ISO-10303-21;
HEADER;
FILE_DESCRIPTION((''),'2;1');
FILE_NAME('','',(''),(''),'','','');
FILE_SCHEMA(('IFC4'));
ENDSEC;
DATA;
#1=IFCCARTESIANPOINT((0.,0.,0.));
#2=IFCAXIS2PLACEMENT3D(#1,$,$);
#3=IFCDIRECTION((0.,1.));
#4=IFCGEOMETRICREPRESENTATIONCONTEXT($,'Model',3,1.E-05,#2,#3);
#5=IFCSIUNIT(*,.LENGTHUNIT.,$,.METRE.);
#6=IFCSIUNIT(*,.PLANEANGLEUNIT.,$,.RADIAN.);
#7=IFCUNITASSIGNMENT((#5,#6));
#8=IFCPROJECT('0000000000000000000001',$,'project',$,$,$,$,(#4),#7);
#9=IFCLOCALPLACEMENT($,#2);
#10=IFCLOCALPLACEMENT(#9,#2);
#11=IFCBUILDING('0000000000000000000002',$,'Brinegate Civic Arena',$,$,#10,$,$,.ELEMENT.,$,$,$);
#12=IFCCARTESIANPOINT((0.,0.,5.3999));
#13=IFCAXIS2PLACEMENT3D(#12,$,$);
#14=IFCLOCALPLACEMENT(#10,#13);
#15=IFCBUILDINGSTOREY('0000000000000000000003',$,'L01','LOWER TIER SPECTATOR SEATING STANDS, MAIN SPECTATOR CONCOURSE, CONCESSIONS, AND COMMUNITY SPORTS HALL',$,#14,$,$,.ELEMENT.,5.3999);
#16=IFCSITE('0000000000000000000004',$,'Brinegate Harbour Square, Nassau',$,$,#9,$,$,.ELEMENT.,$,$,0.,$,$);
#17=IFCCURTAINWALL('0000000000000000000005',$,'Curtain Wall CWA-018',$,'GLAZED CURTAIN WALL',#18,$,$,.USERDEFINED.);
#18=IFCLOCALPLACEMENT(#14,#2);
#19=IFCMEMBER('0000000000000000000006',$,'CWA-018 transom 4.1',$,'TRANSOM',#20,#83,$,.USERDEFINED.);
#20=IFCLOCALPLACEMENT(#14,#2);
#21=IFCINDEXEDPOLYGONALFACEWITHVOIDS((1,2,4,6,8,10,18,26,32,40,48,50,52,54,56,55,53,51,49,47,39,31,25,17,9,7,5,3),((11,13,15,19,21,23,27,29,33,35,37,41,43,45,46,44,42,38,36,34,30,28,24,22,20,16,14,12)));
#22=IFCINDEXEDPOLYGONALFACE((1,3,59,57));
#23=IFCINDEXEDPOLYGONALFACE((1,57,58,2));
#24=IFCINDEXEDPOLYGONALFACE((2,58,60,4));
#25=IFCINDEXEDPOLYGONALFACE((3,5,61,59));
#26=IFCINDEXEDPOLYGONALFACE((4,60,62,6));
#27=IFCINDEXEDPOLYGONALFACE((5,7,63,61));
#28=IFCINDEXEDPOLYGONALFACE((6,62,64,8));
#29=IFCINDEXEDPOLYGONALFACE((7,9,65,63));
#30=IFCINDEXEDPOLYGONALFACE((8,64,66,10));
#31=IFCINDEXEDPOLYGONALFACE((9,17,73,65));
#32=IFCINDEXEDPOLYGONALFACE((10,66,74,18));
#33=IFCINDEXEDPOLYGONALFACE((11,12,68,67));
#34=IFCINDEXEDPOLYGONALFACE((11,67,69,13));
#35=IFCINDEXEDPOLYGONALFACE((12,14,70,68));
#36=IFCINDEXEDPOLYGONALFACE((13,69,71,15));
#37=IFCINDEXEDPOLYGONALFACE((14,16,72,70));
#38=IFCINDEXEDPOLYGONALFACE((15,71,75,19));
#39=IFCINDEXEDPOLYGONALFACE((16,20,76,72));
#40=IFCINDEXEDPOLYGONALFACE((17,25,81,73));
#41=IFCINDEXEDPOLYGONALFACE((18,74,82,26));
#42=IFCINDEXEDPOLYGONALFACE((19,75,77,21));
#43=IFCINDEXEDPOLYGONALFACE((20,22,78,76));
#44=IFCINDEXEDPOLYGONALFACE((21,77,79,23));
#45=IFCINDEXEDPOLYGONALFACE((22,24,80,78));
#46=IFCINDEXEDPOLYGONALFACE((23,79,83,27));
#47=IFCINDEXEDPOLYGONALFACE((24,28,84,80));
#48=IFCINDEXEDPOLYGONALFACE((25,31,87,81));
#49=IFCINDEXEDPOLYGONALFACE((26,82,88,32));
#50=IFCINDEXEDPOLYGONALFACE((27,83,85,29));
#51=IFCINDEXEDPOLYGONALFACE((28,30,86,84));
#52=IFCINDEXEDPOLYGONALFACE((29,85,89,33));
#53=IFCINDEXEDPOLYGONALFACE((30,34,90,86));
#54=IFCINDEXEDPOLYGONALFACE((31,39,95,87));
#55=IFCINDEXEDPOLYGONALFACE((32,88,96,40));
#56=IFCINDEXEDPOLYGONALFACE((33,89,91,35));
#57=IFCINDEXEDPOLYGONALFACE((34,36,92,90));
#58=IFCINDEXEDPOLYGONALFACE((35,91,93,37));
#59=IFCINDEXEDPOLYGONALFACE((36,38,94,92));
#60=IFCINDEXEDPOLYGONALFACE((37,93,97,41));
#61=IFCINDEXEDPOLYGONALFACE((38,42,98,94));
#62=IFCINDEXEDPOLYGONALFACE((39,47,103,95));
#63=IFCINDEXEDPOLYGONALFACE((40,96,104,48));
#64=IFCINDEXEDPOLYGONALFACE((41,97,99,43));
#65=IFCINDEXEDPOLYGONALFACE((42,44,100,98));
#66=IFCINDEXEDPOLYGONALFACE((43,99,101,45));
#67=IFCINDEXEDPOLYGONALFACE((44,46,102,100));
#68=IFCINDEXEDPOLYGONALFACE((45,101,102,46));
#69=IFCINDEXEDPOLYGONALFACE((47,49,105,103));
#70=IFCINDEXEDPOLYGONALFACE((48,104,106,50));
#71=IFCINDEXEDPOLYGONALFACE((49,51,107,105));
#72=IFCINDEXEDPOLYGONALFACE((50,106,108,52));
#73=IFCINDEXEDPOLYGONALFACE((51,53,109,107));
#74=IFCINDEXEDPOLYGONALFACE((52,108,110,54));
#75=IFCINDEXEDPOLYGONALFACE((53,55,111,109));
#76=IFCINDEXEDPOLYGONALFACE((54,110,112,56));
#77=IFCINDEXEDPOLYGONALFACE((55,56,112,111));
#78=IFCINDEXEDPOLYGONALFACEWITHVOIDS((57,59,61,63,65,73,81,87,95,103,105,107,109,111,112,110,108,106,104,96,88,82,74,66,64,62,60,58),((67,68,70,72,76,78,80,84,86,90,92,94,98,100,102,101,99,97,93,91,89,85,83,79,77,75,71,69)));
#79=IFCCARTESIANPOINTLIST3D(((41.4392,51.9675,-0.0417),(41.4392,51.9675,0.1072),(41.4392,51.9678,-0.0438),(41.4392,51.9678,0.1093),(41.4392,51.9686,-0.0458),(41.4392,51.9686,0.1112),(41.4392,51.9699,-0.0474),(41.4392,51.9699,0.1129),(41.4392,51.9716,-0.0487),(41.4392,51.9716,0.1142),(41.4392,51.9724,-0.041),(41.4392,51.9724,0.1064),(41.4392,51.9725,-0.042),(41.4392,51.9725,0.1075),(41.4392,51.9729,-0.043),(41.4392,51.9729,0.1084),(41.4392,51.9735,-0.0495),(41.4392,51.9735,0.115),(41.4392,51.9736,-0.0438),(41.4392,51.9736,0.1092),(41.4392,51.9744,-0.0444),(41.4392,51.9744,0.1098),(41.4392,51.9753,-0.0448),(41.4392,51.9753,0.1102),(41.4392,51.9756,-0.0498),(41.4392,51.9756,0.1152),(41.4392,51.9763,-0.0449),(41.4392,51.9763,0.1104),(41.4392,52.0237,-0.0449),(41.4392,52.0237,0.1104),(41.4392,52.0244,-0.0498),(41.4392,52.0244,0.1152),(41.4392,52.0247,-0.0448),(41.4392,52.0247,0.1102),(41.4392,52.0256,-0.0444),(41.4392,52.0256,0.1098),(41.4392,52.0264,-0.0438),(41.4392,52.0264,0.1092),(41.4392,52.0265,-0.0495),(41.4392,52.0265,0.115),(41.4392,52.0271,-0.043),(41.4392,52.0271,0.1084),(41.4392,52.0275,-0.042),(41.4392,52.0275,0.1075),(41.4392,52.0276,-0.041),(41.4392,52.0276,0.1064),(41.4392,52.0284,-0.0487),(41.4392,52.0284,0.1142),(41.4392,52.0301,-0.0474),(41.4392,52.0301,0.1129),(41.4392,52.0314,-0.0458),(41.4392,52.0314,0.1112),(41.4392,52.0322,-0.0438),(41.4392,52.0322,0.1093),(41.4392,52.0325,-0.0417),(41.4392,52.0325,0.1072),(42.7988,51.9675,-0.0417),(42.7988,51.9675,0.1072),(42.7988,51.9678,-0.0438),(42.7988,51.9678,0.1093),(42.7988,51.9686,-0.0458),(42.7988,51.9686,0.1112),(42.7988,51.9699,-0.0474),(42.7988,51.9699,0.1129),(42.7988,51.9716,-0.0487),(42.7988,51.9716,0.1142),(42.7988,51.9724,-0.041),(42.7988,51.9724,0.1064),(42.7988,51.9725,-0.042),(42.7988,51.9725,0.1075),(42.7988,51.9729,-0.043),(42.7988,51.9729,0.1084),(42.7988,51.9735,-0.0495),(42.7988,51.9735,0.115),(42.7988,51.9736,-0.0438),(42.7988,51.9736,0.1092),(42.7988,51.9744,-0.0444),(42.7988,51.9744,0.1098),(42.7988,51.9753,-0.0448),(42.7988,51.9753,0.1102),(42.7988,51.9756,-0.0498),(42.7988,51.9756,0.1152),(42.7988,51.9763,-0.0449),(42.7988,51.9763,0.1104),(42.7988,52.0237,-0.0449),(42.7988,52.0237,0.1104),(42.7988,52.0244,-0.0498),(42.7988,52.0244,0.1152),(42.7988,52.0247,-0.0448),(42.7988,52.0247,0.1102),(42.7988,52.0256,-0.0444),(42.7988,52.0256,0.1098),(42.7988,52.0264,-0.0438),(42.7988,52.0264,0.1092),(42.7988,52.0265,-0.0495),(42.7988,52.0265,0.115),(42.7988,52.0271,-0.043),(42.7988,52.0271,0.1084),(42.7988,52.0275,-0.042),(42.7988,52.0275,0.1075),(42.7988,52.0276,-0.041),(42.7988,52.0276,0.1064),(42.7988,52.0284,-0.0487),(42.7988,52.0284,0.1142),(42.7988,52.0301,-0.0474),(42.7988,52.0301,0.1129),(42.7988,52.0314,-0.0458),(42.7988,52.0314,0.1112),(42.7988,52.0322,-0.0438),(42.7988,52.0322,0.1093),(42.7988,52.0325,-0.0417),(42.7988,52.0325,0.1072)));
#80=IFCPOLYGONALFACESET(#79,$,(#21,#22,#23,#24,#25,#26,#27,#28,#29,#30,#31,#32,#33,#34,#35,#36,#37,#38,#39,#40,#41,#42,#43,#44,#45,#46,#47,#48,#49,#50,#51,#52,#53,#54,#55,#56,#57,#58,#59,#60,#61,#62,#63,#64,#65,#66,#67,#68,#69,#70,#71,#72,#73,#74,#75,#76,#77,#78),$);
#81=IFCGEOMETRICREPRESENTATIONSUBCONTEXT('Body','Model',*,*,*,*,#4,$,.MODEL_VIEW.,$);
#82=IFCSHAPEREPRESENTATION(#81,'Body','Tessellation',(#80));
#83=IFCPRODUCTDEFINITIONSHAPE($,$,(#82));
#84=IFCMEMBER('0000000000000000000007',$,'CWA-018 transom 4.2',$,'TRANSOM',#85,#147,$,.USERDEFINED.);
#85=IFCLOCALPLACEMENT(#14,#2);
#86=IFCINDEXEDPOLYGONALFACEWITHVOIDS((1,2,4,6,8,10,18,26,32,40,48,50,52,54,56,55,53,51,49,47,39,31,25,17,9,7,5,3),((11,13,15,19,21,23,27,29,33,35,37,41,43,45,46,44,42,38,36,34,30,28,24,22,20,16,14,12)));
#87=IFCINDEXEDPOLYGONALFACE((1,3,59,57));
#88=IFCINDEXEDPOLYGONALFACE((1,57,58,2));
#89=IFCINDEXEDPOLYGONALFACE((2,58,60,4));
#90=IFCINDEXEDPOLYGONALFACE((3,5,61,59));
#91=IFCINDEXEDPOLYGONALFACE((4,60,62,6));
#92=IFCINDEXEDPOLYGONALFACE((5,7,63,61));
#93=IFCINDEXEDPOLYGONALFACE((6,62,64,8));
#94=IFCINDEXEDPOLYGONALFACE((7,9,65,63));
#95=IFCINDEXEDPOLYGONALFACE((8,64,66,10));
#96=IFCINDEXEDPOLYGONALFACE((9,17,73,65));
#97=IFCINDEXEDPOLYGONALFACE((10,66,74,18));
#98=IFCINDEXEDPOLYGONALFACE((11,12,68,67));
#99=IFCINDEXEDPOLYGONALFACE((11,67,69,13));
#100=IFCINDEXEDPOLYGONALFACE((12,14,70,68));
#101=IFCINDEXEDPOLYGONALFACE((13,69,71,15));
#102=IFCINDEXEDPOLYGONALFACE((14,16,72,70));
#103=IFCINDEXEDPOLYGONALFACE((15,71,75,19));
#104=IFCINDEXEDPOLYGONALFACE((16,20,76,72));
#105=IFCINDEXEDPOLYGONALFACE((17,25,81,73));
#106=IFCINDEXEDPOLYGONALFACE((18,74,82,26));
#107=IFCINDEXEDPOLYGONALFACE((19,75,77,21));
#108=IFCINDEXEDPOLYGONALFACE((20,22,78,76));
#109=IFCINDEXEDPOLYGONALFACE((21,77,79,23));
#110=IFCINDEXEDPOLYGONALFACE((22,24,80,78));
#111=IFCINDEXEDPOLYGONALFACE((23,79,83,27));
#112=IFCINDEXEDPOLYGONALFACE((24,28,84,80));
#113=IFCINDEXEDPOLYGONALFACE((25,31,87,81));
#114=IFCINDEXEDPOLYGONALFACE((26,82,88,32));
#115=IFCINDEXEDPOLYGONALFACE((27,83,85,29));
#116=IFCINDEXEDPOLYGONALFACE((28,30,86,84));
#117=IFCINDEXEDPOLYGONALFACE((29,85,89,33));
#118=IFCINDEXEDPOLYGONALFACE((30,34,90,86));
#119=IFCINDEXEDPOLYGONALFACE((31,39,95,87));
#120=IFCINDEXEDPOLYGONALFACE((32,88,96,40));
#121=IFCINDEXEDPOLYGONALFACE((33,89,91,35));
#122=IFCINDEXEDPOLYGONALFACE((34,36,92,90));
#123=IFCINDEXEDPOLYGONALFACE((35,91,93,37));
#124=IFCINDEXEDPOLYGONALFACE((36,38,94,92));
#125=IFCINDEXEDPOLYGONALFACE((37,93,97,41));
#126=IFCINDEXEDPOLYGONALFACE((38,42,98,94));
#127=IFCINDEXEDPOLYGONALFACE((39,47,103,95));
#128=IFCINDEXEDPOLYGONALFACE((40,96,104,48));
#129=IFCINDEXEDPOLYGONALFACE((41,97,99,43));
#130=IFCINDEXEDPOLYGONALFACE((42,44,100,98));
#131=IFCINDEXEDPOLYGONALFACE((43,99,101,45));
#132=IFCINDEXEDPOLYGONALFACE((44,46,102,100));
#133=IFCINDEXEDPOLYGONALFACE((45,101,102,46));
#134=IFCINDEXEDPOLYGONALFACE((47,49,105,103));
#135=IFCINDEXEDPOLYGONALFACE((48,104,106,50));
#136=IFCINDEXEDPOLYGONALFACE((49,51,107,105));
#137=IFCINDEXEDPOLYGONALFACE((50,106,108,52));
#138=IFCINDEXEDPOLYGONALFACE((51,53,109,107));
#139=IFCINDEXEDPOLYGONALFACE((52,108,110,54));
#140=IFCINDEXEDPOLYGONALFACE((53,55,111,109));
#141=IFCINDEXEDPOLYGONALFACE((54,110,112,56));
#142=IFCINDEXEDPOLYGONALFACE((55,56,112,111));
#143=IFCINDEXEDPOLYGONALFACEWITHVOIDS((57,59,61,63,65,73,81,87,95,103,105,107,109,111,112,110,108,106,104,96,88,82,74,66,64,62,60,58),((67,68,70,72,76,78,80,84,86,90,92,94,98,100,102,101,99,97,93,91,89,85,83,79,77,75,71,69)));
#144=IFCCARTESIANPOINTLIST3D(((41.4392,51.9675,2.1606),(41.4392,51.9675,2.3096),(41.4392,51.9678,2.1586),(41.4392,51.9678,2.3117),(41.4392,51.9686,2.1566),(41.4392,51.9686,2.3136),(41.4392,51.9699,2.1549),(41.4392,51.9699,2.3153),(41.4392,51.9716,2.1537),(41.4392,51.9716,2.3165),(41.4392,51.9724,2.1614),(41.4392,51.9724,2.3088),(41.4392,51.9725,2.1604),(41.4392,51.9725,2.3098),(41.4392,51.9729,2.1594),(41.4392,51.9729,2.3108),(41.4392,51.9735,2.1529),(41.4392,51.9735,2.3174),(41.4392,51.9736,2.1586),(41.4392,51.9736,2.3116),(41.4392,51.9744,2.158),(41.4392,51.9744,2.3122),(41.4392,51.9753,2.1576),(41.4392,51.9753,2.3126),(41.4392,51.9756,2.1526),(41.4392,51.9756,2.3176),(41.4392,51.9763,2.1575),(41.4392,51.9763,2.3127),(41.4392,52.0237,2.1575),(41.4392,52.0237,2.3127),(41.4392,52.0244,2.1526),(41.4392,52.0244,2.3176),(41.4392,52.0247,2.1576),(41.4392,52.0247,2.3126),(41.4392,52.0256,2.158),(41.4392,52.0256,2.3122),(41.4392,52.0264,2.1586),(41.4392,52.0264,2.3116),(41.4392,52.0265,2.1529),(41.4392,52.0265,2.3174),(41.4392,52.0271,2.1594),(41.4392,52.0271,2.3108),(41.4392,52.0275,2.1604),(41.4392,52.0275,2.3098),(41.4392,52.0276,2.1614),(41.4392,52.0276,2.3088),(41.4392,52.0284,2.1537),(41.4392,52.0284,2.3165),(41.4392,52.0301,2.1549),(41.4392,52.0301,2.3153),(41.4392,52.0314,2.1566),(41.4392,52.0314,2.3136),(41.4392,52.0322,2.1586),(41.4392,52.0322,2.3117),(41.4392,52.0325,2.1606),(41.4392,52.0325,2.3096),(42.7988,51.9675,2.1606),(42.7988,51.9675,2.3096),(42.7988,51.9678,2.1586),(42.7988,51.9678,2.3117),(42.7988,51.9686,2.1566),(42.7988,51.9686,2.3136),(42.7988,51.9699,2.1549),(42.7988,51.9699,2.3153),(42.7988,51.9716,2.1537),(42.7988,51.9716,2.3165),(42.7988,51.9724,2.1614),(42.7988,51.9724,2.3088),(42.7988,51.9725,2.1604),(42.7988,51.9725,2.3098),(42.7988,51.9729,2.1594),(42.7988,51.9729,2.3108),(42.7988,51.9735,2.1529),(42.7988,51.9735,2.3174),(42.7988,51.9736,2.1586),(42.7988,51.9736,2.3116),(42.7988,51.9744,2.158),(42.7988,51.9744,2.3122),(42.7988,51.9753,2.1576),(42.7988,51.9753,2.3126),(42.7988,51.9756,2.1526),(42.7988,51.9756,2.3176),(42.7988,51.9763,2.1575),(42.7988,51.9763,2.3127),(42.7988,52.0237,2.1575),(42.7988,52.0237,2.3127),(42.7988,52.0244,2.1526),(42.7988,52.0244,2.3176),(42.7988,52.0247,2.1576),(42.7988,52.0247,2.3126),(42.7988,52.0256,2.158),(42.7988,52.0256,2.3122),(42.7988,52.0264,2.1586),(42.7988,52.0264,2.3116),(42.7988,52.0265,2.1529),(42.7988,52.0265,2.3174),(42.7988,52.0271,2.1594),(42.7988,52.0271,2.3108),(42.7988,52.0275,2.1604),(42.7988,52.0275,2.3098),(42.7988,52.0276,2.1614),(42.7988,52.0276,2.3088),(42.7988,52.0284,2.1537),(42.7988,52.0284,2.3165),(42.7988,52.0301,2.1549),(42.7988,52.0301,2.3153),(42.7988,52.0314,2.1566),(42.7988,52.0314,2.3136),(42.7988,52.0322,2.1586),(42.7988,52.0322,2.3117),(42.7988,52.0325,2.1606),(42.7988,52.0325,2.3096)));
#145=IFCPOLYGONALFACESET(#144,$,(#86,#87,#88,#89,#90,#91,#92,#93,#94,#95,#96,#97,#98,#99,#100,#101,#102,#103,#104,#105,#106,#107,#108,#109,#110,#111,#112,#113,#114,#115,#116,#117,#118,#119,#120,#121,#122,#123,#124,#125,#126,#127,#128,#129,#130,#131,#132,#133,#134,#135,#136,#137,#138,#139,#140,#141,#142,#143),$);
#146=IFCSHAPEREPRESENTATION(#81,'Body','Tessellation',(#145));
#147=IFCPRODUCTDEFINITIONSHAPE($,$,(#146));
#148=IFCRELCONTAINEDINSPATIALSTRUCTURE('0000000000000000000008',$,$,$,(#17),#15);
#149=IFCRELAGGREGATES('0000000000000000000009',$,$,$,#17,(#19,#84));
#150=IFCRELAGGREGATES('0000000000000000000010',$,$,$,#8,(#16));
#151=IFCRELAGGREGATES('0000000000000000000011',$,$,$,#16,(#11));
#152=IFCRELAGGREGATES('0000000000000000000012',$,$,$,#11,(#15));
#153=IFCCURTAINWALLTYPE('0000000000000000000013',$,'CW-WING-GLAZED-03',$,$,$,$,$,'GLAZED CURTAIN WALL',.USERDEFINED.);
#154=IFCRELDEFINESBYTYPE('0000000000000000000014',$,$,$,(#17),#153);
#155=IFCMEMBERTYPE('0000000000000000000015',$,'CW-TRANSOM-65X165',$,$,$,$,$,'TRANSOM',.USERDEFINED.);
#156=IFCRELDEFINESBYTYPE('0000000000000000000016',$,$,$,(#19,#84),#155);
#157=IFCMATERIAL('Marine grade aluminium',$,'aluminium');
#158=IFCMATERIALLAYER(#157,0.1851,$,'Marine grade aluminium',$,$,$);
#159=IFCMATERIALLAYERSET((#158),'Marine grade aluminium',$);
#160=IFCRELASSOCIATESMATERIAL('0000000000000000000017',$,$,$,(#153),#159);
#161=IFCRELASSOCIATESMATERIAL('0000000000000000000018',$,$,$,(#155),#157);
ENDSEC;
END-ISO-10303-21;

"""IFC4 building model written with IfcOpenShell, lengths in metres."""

from ifc_helpers import new_model, si_unit, direction, frame, origin, origin_2d, place, context, subcontext, project, spatial, hollow_rectangle, extrude, material, layer, layer_set, material_profile, profile_set, type_object, element, aggregate, save


model = new_model("IFC4")

# Units and contexts
model_context = context("Model", 3, precision=1e-05, world=origin(), true_north=direction((0.0, 1.0)))
body_context = subcontext(model_context, "Body", "Model", "MODEL_VIEW")
ifc_project = project(units=[si_unit("LENGTHUNIT", "METRE"), si_unit("PLANEANGLEUNIT", "RADIAN")], contexts=[model_context])

# Site, building, storey
site_placement = place(None, origin())
site = spatial("IfcSite", under=ifc_project, at=site_placement, Name="Brinegate Harbour Square, Nassau", CompositionType="ELEMENT", RefElevation=0.0)
building_placement = place(site_placement, origin())
building = spatial("IfcBuilding", under=site, at=building_placement, Name="Brinegate Civic Arena", CompositionType="ELEMENT")
storey_placement = place(building_placement, frame((0.0, 0.0, 5.3999)))
storey = spatial("IfcBuildingStorey", under=building, at=storey_placement, Name="L01", Description="LOWER TIER SPECTATOR SEATING STANDS, MAIN SPECTATOR CONCOURSE, CONCESSIONS, AND COMMUNITY SPORTS HALL", CompositionType="ELEMENT", Elevation=5.3999)

# Curtain wall, members
ifc_material_1 = material(Name="Marine grade aluminium", Category="aluminium")
ifc_layer_1 = layer(ifc_material_1, 0.1851, Name="Marine grade aluminium")
ifc_layer_set_1 = layer_set([ifc_layer_1], Name="Marine grade aluminium")
curtain_wall_type = type_object("IfcCurtainWallType", Name="CW-WING-GLAZED-03", ElementType="GLAZED CURTAIN WALL", PredefinedType="USERDEFINED", material=ifc_layer_set_1)
curtain_wall_placement = place(storey_placement, origin())
curtain_wall = element("IfcCurtainWall", 1, at=curtain_wall_placement, inside=storey, type_object=curtain_wall_type, Name="Curtain Wall CWA-018", ObjectType="GLAZED CURTAIN WALL", PredefinedType="USERDEFINED")
ifc_material_profile_1 = material_profile(ifc_material_1, hollow_rectangle(XDim=0.0649, YDim=0.165, WallThickness=0.0049, InnerFilletRadius=0.0039, OuterFilletRadius=0.0081, at=origin_2d()), Name="TRN65X165")
ifc_profile_set_1 = profile_set([ifc_material_profile_1], Name="Marine grade aluminium")
member_type_1 = type_object("IfcMemberType", Name="CW-TRANSOM-65X165", ElementType="TRANSOM", PredefinedType="USERDEFINED", material=ifc_profile_set_1)
member_1_placement = place(storey_placement, frame((41.4392, 52.0, 0.0327), z_axis=(1.0, 0.0, 0.0), x_axis=(0.0, 1.0, 0.0)))
member_1 = element("IfcMember", 2, at=member_1_placement, type_object=member_type_1, Name="CWA-018 transom 4.1", ObjectType="TRANSOM", PredefinedType="USERDEFINED", context=body_context, shape_type="SweptSolid", body=[
    extrude(hollow_rectangle(XDim=0.0649, YDim=0.165, WallThickness=0.0049, InnerFilletRadius=0.0039, OuterFilletRadius=0.0081, at=origin_2d()), origin(), (0.0, 0.0, 1.0), 1.3596),
])
member_2_placement = place(storey_placement, frame((41.4392, 52.0, 2.2351), z_axis=(1.0, 0.0, 0.0), x_axis=(0.0, 1.0, 0.0)))
member_2 = element("IfcMember", 3, at=member_2_placement, type_object=member_type_1, Name="CWA-018 transom 4.2", ObjectType="TRANSOM", PredefinedType="USERDEFINED", context=body_context, shape_type="SweptSolid", body=[
    extrude(hollow_rectangle(XDim=0.0649, YDim=0.165, WallThickness=0.0049, InnerFilletRadius=0.0039, OuterFilletRadius=0.0081, at=origin_2d()), origin(), (0.0, 0.0, 1.0), 1.3596),
])
aggregate(curtain_wall, [member_1, member_2])

save(model, "model.ifc")
